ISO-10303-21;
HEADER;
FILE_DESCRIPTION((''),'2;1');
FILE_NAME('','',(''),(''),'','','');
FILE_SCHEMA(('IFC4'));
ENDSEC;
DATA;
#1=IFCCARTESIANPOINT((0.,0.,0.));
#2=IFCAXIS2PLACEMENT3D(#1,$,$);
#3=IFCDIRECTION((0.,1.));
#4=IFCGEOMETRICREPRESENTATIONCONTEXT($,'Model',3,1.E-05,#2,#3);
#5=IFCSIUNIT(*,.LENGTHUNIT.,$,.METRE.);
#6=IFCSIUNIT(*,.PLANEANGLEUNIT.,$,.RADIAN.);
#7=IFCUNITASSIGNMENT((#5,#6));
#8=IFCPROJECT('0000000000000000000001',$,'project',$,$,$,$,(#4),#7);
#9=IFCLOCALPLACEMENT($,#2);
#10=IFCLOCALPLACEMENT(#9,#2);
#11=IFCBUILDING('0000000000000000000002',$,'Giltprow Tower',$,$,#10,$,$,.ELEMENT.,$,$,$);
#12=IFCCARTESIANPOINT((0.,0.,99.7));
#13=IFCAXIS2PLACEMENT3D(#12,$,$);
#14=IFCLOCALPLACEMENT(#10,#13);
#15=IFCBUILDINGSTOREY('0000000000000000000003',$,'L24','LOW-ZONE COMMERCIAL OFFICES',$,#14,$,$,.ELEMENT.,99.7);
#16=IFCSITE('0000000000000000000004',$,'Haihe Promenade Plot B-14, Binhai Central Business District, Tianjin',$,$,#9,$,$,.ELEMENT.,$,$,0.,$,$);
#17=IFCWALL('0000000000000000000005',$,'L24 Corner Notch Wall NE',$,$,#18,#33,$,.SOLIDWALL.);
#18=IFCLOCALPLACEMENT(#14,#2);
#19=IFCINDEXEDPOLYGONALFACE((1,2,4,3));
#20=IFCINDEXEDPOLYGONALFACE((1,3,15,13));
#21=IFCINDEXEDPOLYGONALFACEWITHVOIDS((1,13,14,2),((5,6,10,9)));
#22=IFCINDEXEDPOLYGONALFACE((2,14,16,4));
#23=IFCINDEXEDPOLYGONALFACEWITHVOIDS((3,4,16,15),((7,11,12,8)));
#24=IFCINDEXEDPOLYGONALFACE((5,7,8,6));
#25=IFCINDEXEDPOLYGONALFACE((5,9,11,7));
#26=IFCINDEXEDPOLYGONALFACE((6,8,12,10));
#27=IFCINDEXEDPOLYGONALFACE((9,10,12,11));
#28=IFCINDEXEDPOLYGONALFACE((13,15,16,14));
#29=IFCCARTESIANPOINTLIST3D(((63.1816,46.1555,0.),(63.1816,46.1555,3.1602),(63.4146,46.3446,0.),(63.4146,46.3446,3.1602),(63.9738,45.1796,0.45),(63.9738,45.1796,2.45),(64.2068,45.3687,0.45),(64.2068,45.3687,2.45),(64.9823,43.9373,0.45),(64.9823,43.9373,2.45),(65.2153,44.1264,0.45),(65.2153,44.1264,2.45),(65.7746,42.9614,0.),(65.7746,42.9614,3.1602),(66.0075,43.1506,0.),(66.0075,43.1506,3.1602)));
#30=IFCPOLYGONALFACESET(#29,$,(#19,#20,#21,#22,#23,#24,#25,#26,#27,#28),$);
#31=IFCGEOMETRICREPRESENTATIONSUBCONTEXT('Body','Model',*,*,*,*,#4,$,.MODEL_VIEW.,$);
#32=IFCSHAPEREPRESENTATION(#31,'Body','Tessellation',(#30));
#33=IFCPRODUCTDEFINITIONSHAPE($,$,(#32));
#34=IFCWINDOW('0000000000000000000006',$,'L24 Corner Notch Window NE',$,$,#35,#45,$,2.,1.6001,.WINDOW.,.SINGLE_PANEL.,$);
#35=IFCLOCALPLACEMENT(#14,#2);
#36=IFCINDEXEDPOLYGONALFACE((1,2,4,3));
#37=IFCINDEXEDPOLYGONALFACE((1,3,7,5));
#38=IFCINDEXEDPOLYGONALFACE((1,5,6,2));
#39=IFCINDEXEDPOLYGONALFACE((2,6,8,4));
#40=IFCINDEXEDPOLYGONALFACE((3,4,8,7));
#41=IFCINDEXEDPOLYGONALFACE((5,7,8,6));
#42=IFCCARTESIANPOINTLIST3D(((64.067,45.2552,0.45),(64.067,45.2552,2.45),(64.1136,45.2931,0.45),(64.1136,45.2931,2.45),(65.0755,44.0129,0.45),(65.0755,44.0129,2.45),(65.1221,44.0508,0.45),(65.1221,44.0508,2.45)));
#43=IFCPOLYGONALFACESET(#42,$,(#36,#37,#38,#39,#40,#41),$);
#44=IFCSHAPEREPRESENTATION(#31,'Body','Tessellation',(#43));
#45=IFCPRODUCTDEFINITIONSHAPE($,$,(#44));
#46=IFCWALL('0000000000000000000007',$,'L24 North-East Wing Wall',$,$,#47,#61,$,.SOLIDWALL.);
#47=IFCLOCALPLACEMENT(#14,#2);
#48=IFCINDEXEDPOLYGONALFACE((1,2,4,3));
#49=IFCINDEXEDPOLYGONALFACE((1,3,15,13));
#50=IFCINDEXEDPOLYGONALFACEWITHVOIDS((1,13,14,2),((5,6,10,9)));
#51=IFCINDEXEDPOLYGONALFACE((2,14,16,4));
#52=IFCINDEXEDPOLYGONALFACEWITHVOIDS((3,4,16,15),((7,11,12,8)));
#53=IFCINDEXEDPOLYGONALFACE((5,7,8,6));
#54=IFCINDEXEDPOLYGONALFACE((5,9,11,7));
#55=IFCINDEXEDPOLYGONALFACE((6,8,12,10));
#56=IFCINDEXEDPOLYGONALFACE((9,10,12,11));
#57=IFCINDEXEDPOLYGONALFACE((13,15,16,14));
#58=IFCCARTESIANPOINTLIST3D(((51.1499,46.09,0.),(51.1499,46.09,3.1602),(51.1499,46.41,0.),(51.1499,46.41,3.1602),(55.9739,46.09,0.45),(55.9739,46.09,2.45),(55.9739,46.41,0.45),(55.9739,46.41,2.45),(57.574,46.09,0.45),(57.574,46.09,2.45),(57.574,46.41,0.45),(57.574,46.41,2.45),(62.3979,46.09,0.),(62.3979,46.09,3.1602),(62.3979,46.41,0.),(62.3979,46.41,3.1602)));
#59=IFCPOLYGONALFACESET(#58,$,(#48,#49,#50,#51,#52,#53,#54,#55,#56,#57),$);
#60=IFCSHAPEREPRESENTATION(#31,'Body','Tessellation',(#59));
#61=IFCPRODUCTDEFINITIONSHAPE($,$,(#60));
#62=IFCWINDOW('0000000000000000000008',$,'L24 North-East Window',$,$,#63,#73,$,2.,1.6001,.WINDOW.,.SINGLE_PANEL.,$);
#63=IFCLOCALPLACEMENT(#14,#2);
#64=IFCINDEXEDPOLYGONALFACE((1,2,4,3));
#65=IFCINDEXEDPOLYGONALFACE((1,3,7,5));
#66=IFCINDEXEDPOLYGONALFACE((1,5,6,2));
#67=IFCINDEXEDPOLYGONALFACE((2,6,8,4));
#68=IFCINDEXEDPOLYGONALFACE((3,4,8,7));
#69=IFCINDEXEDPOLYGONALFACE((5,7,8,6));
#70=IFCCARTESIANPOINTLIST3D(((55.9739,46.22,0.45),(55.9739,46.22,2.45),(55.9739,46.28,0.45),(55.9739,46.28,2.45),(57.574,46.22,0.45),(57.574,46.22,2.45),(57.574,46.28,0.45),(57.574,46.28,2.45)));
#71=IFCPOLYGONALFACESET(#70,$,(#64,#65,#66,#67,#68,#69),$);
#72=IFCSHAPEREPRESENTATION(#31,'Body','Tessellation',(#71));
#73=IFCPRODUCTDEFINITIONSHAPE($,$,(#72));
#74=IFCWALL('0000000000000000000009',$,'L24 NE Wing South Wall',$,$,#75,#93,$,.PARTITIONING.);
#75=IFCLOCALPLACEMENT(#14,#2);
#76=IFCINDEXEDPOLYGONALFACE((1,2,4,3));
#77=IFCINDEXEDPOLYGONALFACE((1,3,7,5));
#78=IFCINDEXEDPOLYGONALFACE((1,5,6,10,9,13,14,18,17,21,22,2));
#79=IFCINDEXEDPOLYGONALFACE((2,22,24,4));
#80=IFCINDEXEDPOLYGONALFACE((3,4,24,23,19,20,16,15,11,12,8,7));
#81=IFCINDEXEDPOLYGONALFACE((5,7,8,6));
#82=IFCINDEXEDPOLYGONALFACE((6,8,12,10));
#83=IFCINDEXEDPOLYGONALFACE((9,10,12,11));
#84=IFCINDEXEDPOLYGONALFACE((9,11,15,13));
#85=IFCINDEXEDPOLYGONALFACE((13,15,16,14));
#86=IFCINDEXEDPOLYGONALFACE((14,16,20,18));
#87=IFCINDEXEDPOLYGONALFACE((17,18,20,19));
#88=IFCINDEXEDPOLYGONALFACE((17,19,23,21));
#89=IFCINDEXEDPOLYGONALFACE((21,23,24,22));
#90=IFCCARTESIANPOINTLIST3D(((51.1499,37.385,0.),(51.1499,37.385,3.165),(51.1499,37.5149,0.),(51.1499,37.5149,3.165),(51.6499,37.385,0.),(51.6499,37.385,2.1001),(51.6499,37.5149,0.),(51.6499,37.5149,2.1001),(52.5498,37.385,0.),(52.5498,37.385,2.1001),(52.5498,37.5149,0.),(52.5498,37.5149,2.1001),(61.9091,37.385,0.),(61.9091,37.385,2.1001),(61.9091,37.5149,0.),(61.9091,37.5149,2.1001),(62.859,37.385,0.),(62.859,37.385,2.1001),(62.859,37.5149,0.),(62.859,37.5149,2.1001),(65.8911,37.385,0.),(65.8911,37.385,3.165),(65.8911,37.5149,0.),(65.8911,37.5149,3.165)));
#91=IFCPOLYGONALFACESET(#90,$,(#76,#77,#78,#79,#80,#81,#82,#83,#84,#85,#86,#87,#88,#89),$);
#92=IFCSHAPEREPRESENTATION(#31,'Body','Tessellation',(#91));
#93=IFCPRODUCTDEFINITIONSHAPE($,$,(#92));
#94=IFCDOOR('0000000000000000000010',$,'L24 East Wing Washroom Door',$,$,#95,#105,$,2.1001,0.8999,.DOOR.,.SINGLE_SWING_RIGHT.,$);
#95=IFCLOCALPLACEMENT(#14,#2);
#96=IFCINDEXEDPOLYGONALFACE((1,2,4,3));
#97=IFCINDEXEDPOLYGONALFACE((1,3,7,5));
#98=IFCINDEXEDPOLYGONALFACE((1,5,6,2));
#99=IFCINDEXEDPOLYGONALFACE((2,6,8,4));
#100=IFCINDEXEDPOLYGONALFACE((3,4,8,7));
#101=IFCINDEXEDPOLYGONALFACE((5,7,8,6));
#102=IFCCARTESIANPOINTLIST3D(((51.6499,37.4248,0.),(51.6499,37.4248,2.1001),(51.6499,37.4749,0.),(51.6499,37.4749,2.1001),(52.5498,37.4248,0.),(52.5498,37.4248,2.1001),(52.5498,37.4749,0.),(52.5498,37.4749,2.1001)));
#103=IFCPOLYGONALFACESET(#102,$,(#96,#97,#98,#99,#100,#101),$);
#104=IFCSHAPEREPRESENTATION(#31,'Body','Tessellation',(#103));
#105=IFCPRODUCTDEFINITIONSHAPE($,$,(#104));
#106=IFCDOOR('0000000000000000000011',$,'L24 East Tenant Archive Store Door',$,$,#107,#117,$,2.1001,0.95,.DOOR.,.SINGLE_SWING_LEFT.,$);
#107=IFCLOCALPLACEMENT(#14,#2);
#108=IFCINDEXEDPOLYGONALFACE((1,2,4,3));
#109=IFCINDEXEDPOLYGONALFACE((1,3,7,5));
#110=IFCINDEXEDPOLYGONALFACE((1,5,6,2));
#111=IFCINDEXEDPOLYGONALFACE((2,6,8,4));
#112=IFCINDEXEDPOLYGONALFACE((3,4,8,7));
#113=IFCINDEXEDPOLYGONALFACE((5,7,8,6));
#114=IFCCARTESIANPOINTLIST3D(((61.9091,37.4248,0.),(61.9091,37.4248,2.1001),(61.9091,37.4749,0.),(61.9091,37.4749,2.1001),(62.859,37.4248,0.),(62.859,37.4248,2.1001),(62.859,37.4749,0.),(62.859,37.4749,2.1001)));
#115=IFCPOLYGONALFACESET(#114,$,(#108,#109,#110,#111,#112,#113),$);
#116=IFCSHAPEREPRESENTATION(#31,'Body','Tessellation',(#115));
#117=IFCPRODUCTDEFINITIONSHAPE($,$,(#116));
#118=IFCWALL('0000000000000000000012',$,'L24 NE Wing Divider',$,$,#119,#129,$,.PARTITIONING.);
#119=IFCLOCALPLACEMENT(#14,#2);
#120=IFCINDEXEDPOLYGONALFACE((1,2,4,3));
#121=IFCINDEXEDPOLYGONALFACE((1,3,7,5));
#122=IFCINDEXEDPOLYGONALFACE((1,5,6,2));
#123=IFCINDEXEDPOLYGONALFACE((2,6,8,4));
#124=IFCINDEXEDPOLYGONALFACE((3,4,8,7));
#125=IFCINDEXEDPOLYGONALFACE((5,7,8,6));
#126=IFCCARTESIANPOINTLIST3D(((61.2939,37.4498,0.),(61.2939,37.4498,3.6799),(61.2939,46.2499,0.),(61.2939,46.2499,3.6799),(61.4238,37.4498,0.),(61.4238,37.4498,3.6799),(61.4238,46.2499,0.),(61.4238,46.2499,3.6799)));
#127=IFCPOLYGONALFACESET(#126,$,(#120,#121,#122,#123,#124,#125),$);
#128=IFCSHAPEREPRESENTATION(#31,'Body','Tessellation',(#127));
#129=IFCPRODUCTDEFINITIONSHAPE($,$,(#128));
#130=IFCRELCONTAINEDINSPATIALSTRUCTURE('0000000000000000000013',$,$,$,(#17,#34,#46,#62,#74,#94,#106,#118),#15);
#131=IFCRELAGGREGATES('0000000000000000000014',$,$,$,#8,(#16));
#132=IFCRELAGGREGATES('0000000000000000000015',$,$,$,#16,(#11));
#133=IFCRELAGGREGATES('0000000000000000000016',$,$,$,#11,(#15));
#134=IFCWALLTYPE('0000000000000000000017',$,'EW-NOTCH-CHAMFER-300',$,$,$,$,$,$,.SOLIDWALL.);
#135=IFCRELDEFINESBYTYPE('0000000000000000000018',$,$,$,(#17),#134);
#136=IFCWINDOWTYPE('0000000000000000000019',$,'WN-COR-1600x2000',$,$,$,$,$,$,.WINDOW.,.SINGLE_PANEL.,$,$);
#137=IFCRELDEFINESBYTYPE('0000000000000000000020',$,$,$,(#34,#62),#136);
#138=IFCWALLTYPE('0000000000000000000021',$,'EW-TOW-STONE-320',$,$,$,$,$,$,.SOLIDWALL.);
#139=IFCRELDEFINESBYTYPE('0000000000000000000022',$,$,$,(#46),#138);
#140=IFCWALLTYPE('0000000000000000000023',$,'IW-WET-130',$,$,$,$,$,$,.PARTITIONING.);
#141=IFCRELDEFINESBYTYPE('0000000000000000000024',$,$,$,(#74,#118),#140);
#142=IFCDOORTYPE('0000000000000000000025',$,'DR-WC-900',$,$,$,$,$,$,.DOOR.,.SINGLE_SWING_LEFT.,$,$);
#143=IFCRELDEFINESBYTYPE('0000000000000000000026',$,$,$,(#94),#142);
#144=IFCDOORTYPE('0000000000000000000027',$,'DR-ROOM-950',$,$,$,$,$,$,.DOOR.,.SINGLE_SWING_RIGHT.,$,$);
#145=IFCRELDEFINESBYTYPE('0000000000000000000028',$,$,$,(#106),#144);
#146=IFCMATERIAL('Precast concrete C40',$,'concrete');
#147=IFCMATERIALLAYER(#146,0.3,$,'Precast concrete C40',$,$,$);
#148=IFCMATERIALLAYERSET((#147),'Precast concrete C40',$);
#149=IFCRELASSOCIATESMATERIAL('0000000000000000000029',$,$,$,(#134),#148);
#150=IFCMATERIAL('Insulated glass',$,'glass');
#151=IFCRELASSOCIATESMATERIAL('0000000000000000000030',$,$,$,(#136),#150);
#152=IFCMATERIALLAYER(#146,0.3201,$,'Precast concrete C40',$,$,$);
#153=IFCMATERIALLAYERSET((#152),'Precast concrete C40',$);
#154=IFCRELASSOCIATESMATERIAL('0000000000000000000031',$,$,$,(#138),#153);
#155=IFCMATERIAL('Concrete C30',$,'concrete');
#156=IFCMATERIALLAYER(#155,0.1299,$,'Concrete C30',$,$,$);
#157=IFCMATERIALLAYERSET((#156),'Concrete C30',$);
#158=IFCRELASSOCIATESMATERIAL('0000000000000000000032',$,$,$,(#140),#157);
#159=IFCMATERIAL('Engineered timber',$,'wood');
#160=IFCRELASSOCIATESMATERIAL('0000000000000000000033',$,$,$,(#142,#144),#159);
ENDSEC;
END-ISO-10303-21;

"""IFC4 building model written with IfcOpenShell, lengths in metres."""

from ifc_helpers import new_model, si_unit, direction, frame, frame_2d, origin, place, context, subcontext, project, spatial, rectangle, extrude, source, transform, mapped, material, layer, layer_set, type_object, element, fill, save


model = new_model("IFC4")

# Units and contexts
model_context = context("Model", 3, precision=1e-05, world=origin(), true_north=direction((0.0, 1.0)))
body_context = subcontext(model_context, "Body", "Model", "MODEL_VIEW")
ifc_project = project(units=[si_unit("LENGTHUNIT", "METRE"), si_unit("PLANEANGLEUNIT", "RADIAN")], contexts=[model_context])

# Site, building, storey
site_placement = place(None, origin())
site = spatial("IfcSite", under=ifc_project, at=site_placement, Name="Haihe Promenade Plot B-14, Binhai Central Business District, Tianjin", CompositionType="ELEMENT", RefElevation=0.0)
building_placement = place(site_placement, origin())
building = spatial("IfcBuilding", under=site, at=building_placement, Name="Giltprow Tower", CompositionType="ELEMENT")
storey_placement = place(building_placement, frame((0.0, 0.0, 99.7)))
storey = spatial("IfcBuildingStorey", under=building, at=storey_placement, Name="L24", Description="LOW-ZONE COMMERCIAL OFFICES", CompositionType="ELEMENT", Elevation=99.7)

# Walls, openings, windows
ifc_material_1 = material(Name="Precast concrete C40", Category="concrete")
ifc_layer_1 = layer(ifc_material_1, 0.3, Name="Precast concrete C40")
ifc_layer_set_1 = layer_set([ifc_layer_1], Name="Precast concrete C40")
wall_type_1 = type_object("IfcWallType", Name="EW-NOTCH-CHAMFER-300", PredefinedType="SOLIDWALL", material=ifc_layer_set_1)
wall_1_placement = place(storey_placement, frame((65.8911, 43.0559, 0.0), z_axis=(0.0, 0.0, 1.0), x_axis=(-0.630273, 0.776374, 0.0)))
wall_1 = element("IfcWall", 1, at=wall_1_placement, inside=storey, type_object=wall_type_1, Name="L24 Corner Notch Wall NE", PredefinedType="SOLIDWALL", context=body_context, shape_type="SweptSolid", body=[
    extrude(rectangle(XDim=4.114, YDim=0.3, at=frame_2d((2.0571, 0.0))), origin(), (0.0, 0.0, 1.0), 3.1602),
])
opening_1_placement = place(wall_1_placement, frame((1.2571, 0.0, 0.45)))
opening_1 = element("IfcOpeningElement", 2, at=opening_1_placement, cuts=wall_1, PredefinedType="OPENING", context=body_context, shape_type="SweptSolid", body=[
    extrude(rectangle(XDim=1.6001, YDim=2.0, at=frame_2d((0.8, 1.0))), frame((0.0, 0.1599, 0.0), z_axis=(0.0, -1.0, 0.0), x_axis=(1.0, 0.0, 0.0)), (0.0, 0.0, 1.0), 0.3201),
])
ifc_material_2 = material(Name="Insulated glass", Category="glass")
window_type = type_object("IfcWindowType", Name="WN-COR-1600x2000", PartitioningType="SINGLE_PANEL", PredefinedType="WINDOW", material=ifc_material_2)
shared_shape_1 = source(origin(), body_context, "Body", "SweptSolid", [
    extrude(rectangle(XDim=1.6001, YDim=2.0, at=frame_2d((0.8, 1.0))), frame((0.0, 0.03, 0.0), z_axis=(0.0, -1.0, 0.0), x_axis=(1.0, 0.0, 0.0)), (0.0, 0.0, 1.0), 0.0601),
])
window_1_placement = place(opening_1_placement, origin())
window_1 = element("IfcWindow", 3, at=window_1_placement, inside=storey, type_object=window_type, Name="L24 Corner Notch Window NE", OverallHeight=2.0, OverallWidth=1.6001, PartitioningType="SINGLE_PANEL", PredefinedType="WINDOW", context=body_context, shape_type="MappedRepresentation", body=[
    mapped(shared_shape_1, transform((0.0, 0.0, 0.0), x_axis=(1.0, 0.0, 0.0), y_axis=(0.0, 1.0, 0.0), z_axis=(0.0, 0.0, 1.0), scale=1.0)),
])
fill(opening_1, window_1)
ifc_layer_2 = layer(ifc_material_1, 0.3201, Name="Precast concrete C40")
ifc_layer_set_2 = layer_set([ifc_layer_2], Name="Precast concrete C40")
wall_type_2 = type_object("IfcWallType", Name="EW-TOW-STONE-320", PredefinedType="SOLIDWALL", material=ifc_layer_set_2)
wall_2_placement = place(storey_placement, frame((51.1499, 46.25, 0.0), z_axis=(0.0, 0.0, 1.0), x_axis=(1.0, 0.0, 0.0)))
wall_2 = element("IfcWall", 4, at=wall_2_placement, inside=storey, type_object=wall_type_2, Name="L24 North-East Wing Wall", PredefinedType="SOLIDWALL", context=body_context, shape_type="SweptSolid", body=[
    extrude(rectangle(XDim=11.248, YDim=0.3201, at=frame_2d((5.624, 0.0))), origin(), (0.0, 0.0, 1.0), 3.1602),
])
opening_2_placement = place(wall_2_placement, frame((4.824, 0.0, 0.45)))
opening_2 = element("IfcOpeningElement", 5, at=opening_2_placement, cuts=wall_2, PredefinedType="OPENING", context=body_context, shape_type="SweptSolid", body=[
    extrude(rectangle(XDim=1.6001, YDim=2.0, at=frame_2d((0.8, 1.0))), frame((0.0, 0.1699, 0.0), z_axis=(0.0, -1.0, 0.0), x_axis=(1.0, 0.0, 0.0)), (0.0, 0.0, 1.0), 0.3401),
])
window_2_placement = place(opening_2_placement, origin())
window_2 = element("IfcWindow", 6, at=window_2_placement, inside=storey, type_object=window_type, Name="L24 North-East Window", OverallHeight=2.0, OverallWidth=1.6001, PartitioningType="SINGLE_PANEL", PredefinedType="WINDOW", context=body_context, shape_type="MappedRepresentation", body=[
    mapped(shared_shape_1, transform((0.0, 0.0, 0.0), x_axis=(1.0, 0.0, 0.0), y_axis=(0.0, 1.0, 0.0), z_axis=(0.0, 0.0, 1.0), scale=1.0)),
])
fill(opening_2, window_2)

# Wall, openings, doors
ifc_material_3 = material(Name="Concrete C30", Category="concrete")
ifc_layer_3 = layer(ifc_material_3, 0.1299, Name="Concrete C30")
ifc_layer_set_3 = layer_set([ifc_layer_3], Name="Concrete C30")
wall_type_3 = type_object("IfcWallType", Name="IW-WET-130", PredefinedType="PARTITIONING", material=ifc_layer_set_3)
wall_3_placement = place(storey_placement, frame((51.1499, 37.45, 0.0), z_axis=(0.0, 0.0, 1.0), x_axis=(1.0, 0.0, 0.0)))
wall_3 = element("IfcWall", 7, at=wall_3_placement, inside=storey, type_object=wall_type_3, Name="L24 NE Wing South Wall", PredefinedType="PARTITIONING", context=body_context, shape_type="SweptSolid", body=[
    extrude(rectangle(XDim=14.7412, YDim=0.1299, at=frame_2d((7.3706, 0.0))), origin(), (0.0, 0.0, 1.0), 3.165),
])
opening_3_placement = place(wall_3_placement, frame((0.5, 0.0, 0.0)))
opening_3 = element("IfcOpeningElement", 8, at=opening_3_placement, cuts=wall_3, PredefinedType="OPENING", context=body_context, shape_type="SweptSolid", body=[
    extrude(rectangle(XDim=0.8999, YDim=2.1001, at=frame_2d((0.45, 1.05))), frame((0.0, 0.075, 0.0), z_axis=(0.0, -1.0, 0.0), x_axis=(1.0, 0.0, 0.0)), (0.0, 0.0, 1.0), 0.1499),
])
opening_4_placement = place(wall_3_placement, frame((10.759, 0.0, 0.0)))
opening_4 = element("IfcOpeningElement", 9, at=opening_4_placement, cuts=wall_3, PredefinedType="OPENING", context=body_context, shape_type="SweptSolid", body=[
    extrude(rectangle(XDim=0.95, YDim=2.1001, at=frame_2d((0.4751, 1.05))), frame((0.0, 0.075, 0.0), z_axis=(0.0, -1.0, 0.0), x_axis=(1.0, 0.0, 0.0)), (0.0, 0.0, 1.0), 0.1499),
])
ifc_material_4 = material(Name="Engineered timber", Category="wood")
door_type_1 = type_object("IfcDoorType", Name="DR-WC-900", OperationType="SINGLE_SWING_LEFT", PredefinedType="DOOR", material=ifc_material_4)
shared_shape_2 = source(origin(), body_context, "Body", "SweptSolid", [
    extrude(rectangle(XDim=0.8999, YDim=2.1001, at=frame_2d((0.45, 1.05))), frame((0.0, 0.0249, 0.0), z_axis=(0.0, -1.0, 0.0), x_axis=(1.0, 0.0, 0.0)), (0.0, 0.0, 1.0), 0.05),
])
door_1_placement = place(opening_3_placement, origin())
door_1 = element("IfcDoor", 10, at=door_1_placement, inside=storey, type_object=door_type_1, Name="L24 East Wing Washroom Door", OperationType="SINGLE_SWING_RIGHT", OverallHeight=2.1001, OverallWidth=0.8999, PredefinedType="DOOR", context=body_context, shape_type="MappedRepresentation", body=[
    mapped(shared_shape_2, transform((0.0, 0.0, 0.0), x_axis=(1.0, 0.0, 0.0), y_axis=(0.0, 1.0, 0.0), z_axis=(0.0, 0.0, 1.0), scale=1.0)),
])
fill(opening_3, door_1)
door_type_2 = type_object("IfcDoorType", Name="DR-ROOM-950", OperationType="SINGLE_SWING_RIGHT", PredefinedType="DOOR", material=ifc_material_4)
shared_shape_3 = source(origin(), body_context, "Body", "SweptSolid", [
    extrude(rectangle(XDim=0.95, YDim=2.1001, at=frame_2d((0.4751, 1.05))), frame((0.0, 0.0249, 0.0), z_axis=(0.0, -1.0, 0.0), x_axis=(1.0, 0.0, 0.0)), (0.0, 0.0, 1.0), 0.05),
])
door_2_placement = place(opening_4_placement, origin())
door_2 = element("IfcDoor", 11, at=door_2_placement, inside=storey, type_object=door_type_2, Name="L24 East Tenant Archive Store Door", OperationType="SINGLE_SWING_LEFT", OverallHeight=2.1001, OverallWidth=0.95, PredefinedType="DOOR", context=body_context, shape_type="MappedRepresentation", body=[
    mapped(shared_shape_3, transform((0.0, 0.0, 0.0), x_axis=(1.0, 0.0, 0.0), y_axis=(0.0, 1.0, 0.0), z_axis=(0.0, 0.0, 1.0), scale=1.0)),
])
fill(opening_4, door_2)

# Wall
wall_4_placement = place(storey_placement, frame((61.3589, 37.45, 0.0), z_axis=(0.0, 0.0, 1.0), x_axis=(0.0, 1.0, 0.0)))
element("IfcWall", 12, at=wall_4_placement, inside=storey, type_object=wall_type_3, Name="L24 NE Wing Divider", PredefinedType="PARTITIONING", context=body_context, shape_type="SweptSolid", body=[
    extrude(rectangle(XDim=8.8, YDim=0.1299, at=frame_2d((4.3999, 0.0))), origin(), (0.0, 0.0, 1.0), 3.6799),
])

save(model, "model.ifc")
